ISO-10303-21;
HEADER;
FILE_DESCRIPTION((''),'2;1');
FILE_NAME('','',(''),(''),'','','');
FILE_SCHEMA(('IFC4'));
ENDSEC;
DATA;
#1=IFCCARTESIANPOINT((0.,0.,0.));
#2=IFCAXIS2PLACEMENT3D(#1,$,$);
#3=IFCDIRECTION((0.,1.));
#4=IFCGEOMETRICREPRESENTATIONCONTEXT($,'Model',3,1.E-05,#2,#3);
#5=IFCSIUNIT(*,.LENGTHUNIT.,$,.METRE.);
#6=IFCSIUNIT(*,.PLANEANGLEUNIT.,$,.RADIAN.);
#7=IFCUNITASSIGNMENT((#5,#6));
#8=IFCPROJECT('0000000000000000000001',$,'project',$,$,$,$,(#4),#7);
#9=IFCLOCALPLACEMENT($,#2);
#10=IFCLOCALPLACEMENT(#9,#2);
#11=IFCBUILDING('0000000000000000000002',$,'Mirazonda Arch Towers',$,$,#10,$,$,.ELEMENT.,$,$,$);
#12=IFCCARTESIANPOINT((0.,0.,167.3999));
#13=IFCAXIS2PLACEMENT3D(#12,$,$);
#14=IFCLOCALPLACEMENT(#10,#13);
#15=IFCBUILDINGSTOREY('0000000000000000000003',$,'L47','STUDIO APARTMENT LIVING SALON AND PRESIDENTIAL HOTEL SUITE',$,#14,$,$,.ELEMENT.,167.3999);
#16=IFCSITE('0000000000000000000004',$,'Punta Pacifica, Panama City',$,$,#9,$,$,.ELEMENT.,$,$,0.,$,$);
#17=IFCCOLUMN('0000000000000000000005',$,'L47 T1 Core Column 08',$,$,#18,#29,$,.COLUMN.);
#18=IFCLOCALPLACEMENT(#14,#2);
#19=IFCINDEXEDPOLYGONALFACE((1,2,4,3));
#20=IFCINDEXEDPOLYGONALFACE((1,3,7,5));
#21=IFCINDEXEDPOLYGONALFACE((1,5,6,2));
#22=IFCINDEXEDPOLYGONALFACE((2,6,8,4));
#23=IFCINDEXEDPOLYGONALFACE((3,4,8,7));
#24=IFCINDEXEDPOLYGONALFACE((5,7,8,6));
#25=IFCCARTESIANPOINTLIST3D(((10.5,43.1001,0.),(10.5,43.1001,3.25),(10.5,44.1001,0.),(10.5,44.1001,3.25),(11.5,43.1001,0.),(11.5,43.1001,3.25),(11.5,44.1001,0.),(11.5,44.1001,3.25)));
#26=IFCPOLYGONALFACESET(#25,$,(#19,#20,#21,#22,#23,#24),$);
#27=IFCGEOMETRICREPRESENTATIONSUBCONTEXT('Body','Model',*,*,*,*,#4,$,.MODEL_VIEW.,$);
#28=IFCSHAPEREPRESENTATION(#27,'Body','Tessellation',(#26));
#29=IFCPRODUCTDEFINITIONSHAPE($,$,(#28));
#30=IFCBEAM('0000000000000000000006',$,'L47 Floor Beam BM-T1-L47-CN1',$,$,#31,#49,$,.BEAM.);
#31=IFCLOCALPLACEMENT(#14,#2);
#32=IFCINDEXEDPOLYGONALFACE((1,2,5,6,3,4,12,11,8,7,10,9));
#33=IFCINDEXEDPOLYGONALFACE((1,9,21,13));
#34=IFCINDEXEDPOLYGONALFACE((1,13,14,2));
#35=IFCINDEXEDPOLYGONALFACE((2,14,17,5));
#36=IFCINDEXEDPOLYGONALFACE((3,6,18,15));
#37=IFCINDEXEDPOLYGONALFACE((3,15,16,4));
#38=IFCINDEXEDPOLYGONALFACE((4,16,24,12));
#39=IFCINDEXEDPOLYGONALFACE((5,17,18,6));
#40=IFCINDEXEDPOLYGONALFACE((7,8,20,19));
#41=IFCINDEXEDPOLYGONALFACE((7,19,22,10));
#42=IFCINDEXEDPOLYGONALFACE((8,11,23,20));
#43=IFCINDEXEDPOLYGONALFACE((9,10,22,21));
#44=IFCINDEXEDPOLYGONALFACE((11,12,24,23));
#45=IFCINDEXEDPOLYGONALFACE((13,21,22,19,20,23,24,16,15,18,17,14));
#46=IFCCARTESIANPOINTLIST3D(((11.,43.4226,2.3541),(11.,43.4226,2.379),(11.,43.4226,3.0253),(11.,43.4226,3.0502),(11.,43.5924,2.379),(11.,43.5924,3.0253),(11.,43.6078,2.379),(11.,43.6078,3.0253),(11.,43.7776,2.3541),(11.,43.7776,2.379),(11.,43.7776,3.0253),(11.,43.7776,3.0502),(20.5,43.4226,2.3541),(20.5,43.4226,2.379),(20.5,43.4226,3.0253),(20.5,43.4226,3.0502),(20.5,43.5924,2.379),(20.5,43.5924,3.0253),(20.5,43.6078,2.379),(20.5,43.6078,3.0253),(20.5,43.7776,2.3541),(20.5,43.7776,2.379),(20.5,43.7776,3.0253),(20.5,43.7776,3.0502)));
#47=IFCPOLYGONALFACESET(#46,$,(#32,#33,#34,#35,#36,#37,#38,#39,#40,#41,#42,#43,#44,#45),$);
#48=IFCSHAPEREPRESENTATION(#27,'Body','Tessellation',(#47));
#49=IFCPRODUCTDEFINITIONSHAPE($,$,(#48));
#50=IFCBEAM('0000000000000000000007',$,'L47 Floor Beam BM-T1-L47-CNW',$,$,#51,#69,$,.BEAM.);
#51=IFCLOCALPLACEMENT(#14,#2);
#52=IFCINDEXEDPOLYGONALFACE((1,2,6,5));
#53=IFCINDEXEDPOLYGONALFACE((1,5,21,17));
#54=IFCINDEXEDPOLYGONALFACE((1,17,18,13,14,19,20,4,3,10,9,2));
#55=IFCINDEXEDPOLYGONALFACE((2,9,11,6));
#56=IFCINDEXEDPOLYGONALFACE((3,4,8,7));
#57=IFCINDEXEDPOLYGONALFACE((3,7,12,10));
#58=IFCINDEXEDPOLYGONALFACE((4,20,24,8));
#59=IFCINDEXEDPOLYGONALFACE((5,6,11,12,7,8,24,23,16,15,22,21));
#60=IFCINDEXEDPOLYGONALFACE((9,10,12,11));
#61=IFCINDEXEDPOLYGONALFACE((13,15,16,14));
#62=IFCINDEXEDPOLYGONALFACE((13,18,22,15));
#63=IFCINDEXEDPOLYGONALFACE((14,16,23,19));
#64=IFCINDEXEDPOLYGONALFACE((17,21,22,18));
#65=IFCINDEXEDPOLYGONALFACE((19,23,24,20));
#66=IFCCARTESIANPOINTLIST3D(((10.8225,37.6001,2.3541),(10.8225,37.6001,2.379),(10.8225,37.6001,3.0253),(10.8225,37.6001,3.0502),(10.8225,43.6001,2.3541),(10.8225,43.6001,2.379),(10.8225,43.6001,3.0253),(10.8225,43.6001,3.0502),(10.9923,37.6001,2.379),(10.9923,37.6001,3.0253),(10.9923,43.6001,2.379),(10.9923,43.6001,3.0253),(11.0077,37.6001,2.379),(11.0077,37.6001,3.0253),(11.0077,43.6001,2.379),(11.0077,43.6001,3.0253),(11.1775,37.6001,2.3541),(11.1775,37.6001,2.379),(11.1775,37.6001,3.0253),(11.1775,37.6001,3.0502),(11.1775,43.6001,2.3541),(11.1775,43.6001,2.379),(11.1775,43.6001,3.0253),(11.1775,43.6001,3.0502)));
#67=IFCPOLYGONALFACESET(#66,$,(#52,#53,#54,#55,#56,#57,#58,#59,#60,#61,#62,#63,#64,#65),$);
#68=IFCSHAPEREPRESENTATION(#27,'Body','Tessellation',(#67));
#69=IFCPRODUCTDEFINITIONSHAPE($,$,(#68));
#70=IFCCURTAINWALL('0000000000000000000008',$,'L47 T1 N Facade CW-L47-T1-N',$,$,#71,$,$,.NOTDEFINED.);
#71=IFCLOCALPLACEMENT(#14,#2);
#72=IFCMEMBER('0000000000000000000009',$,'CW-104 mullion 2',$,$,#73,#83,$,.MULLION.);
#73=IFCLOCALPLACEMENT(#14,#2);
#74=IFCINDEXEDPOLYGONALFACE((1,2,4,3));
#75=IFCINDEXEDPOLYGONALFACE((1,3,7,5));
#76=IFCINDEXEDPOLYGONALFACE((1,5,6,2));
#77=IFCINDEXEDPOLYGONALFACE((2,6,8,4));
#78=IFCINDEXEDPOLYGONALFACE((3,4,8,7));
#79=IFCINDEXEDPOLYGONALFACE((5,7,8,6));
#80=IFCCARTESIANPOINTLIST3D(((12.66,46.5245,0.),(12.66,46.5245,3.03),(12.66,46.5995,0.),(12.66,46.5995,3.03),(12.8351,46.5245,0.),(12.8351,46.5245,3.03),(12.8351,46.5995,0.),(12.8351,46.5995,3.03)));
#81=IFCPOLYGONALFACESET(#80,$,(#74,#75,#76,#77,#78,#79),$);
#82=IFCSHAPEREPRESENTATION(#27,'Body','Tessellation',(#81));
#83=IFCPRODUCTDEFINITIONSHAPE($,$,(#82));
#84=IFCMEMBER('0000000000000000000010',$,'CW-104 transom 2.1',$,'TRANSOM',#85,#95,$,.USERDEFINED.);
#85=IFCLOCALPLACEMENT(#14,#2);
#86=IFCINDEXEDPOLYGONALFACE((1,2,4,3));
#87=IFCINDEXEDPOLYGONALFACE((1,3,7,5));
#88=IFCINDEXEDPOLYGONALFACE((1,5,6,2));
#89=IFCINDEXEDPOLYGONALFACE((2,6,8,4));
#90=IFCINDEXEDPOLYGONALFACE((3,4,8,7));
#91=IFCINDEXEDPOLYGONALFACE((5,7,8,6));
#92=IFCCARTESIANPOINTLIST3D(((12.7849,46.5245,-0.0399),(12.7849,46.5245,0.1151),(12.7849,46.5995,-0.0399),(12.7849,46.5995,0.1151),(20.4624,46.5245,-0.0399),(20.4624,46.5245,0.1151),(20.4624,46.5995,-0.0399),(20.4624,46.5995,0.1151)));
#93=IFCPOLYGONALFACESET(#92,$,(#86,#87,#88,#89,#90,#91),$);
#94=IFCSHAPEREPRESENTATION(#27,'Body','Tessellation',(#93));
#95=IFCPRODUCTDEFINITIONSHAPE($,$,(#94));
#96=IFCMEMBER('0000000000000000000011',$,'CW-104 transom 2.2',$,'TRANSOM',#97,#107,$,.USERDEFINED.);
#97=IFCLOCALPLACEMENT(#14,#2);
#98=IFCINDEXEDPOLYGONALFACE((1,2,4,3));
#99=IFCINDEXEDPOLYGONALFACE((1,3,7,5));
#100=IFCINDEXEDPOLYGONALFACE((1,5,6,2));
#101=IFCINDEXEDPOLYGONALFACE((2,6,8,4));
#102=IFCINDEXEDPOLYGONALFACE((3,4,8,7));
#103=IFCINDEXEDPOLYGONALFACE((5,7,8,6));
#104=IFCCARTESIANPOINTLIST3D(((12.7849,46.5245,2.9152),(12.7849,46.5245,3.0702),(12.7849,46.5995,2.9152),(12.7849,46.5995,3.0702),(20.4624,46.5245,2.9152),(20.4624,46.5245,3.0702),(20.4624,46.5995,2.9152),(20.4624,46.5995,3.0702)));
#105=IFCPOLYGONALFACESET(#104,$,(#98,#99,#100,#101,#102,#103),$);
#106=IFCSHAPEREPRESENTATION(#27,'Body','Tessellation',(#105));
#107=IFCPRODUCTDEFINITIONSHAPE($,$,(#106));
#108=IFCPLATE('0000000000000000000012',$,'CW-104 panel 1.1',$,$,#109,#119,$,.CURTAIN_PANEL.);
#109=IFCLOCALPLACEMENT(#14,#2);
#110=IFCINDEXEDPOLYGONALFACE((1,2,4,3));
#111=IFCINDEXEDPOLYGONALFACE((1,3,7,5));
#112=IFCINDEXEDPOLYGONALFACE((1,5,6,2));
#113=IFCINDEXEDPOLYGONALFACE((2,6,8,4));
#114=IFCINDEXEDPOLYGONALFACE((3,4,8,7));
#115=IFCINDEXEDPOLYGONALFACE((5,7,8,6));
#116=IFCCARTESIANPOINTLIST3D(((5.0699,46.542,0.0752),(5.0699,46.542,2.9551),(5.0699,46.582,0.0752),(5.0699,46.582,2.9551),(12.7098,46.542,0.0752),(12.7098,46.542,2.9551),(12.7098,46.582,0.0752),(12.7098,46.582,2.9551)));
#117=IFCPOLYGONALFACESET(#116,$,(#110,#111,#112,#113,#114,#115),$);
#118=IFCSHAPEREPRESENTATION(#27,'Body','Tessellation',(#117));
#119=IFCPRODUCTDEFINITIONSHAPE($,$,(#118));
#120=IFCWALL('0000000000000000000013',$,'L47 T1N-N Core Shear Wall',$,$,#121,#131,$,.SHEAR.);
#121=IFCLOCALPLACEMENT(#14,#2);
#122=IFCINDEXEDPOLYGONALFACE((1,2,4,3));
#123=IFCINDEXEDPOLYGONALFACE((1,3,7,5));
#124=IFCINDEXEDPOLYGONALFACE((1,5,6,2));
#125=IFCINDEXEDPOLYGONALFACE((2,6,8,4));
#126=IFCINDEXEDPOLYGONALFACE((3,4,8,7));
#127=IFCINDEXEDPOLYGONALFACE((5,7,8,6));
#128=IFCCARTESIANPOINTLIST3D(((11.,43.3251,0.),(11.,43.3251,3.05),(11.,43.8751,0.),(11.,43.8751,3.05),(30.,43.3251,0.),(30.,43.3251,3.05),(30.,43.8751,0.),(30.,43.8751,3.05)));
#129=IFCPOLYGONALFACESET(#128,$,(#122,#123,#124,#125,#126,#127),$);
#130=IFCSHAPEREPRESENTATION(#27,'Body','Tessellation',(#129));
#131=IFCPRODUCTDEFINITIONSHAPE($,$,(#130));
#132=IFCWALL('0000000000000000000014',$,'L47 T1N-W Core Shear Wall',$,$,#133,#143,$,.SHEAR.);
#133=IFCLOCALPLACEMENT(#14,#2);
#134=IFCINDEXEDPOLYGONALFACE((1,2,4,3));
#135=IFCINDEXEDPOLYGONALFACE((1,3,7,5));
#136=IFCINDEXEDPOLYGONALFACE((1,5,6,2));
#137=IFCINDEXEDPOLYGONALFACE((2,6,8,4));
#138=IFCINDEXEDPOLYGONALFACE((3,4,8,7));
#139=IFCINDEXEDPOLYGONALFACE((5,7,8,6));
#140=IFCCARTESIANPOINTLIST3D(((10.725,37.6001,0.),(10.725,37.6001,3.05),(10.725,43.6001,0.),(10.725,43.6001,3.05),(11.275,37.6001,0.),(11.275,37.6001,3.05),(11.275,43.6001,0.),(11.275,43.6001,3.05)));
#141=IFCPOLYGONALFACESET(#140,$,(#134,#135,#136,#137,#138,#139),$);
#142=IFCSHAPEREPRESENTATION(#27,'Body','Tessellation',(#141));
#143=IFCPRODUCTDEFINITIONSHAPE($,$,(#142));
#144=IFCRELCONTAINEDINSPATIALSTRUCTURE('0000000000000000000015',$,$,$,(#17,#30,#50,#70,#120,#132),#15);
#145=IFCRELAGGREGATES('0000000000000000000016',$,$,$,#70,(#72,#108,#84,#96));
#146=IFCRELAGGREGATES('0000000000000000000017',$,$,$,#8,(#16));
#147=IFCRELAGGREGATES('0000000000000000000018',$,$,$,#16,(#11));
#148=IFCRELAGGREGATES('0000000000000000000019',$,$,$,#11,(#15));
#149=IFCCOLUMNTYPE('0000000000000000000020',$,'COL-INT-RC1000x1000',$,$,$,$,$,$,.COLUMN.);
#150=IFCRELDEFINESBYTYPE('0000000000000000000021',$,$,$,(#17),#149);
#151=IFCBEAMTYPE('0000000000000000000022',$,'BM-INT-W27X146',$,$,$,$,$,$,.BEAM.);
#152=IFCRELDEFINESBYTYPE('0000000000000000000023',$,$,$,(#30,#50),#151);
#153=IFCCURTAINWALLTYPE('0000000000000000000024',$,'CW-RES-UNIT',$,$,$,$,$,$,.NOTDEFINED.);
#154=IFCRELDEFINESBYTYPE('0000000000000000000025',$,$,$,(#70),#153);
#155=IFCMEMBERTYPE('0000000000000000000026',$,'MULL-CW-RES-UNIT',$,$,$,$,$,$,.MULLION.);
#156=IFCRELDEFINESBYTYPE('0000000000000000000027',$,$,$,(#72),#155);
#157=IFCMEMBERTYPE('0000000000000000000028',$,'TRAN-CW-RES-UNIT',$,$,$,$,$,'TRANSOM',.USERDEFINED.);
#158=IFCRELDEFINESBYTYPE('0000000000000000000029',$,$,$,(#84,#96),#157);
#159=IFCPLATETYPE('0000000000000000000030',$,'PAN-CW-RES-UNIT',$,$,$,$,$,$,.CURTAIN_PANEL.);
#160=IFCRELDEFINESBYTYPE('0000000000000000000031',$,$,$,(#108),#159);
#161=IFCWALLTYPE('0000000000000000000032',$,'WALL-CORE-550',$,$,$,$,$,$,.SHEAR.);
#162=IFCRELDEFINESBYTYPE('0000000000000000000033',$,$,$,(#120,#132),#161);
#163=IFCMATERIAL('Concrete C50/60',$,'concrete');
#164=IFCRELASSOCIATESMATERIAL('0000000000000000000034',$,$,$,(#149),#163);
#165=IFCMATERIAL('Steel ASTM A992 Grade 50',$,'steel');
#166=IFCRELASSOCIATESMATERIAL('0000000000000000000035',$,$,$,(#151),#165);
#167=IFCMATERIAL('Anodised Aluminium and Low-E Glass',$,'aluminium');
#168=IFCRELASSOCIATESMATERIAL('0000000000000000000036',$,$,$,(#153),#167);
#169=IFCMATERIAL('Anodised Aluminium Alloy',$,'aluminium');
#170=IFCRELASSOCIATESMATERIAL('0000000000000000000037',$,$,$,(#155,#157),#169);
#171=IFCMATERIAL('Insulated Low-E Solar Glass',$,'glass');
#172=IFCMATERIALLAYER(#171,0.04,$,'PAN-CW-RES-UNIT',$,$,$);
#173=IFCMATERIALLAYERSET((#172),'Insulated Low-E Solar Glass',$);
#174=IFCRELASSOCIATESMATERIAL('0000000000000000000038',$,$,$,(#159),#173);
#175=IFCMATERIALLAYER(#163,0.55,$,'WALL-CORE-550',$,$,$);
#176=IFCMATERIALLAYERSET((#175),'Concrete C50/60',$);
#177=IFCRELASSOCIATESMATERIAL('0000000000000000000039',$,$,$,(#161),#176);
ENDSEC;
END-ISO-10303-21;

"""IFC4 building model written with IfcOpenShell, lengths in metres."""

from ifc_helpers import new_model, si_unit, direction, frame, frame_2d, origin, origin_2d, place, context, subcontext, project, spatial, rectangle, i_section, extrude, material, layer, layer_set, material_profile, profile_set, type_object, element, aggregate, save


model = new_model("IFC4")

# Units and contexts
model_context = context("Model", 3, precision=1e-05, world=origin(), true_north=direction((0.0, 1.0)))
body_context = subcontext(model_context, "Body", "Model", "MODEL_VIEW")
ifc_project = project(units=[si_unit("LENGTHUNIT", "METRE"), si_unit("PLANEANGLEUNIT", "RADIAN")], contexts=[model_context])

# Site, building, storey
site_placement = place(None, origin())
site = spatial("IfcSite", under=ifc_project, at=site_placement, Name="Punta Pacifica, Panama City", CompositionType="ELEMENT", RefElevation=0.0)
building_placement = place(site_placement, origin())
building = spatial("IfcBuilding", under=site, at=building_placement, Name="Mirazonda Arch Towers", CompositionType="ELEMENT")
storey_placement = place(building_placement, frame((0.0, 0.0, 167.3999)))
storey = spatial("IfcBuildingStorey", under=building, at=storey_placement, Name="L47", Description="STUDIO APARTMENT LIVING SALON AND PRESIDENTIAL HOTEL SUITE", CompositionType="ELEMENT", Elevation=167.3999)

# Column
ifc_material_1 = material(Name="Concrete C50/60", Category="concrete")
ifc_material_profile_1 = material_profile(ifc_material_1, rectangle(XDim=1.0, YDim=1.0, at=origin_2d()), Name="RC1000x1000")
ifc_profile_set_1 = profile_set([ifc_material_profile_1], Name="Concrete C50/60")
column_type = type_object("IfcColumnType", Name="COL-INT-RC1000x1000", PredefinedType="COLUMN", material=ifc_profile_set_1)
column_placement = place(storey_placement, frame((11.0, 43.6001, 0.0), z_axis=(0.0, 0.0, 1.0), x_axis=(1.0, 0.0, 0.0)))
element("IfcColumn", 1, at=column_placement, inside=storey, type_object=column_type, Name="L47 T1 Core Column 08", PredefinedType="COLUMN", context=body_context, shape_type="SweptSolid", body=[
    extrude(rectangle(XDim=1.0, YDim=1.0, at=origin_2d()), origin(), (0.0, 0.0, 1.0), 3.25),
])

# Beams
ifc_material_2 = material(Name="Steel ASTM A992 Grade 50", Category="steel")
ifc_material_profile_2 = material_profile(ifc_material_2, i_section(OverallWidth=0.355, OverallDepth=0.696, WebThickness=0.0154, FlangeThickness=0.0249, at=origin_2d()), Name="W27X146")
ifc_profile_set_2 = profile_set([ifc_material_profile_2], Name="Steel ASTM A992 Grade 50")
beam_type = type_object("IfcBeamType", Name="BM-INT-W27X146", PredefinedType="BEAM", material=ifc_profile_set_2)
beam_1_placement = place(storey_placement, frame((11.0, 43.6001, 2.7021), z_axis=(1.0, 0.0, 0.0), x_axis=(0.0, 1.0, 0.0)))
element("IfcBeam", 2, at=beam_1_placement, inside=storey, type_object=beam_type, Name="L47 Floor Beam BM-T1-L47-CN1", PredefinedType="BEAM", context=body_context, shape_type="SweptSolid", body=[
    extrude(i_section(OverallWidth=0.355, OverallDepth=0.696, WebThickness=0.0154, FlangeThickness=0.0249, at=origin_2d()), origin(), (0.0, 0.0, 1.0), 9.5),
])
beam_2_placement = place(storey_placement, frame((11.0, 37.6001, 2.7021), z_axis=(0.0, 1.0, 0.0), x_axis=(-1.0, 0.0, 0.0)))
element("IfcBeam", 3, at=beam_2_placement, inside=storey, type_object=beam_type, Name="L47 Floor Beam BM-T1-L47-CNW", PredefinedType="BEAM", context=body_context, shape_type="SweptSolid", body=[
    extrude(i_section(OverallWidth=0.355, OverallDepth=0.696, WebThickness=0.0154, FlangeThickness=0.0249, at=origin_2d()), origin(), (0.0, 0.0, 1.0), 6.0),
])

# Curtain wall, members, plate
ifc_material_3 = material(Name="Anodised Aluminium and Low-E Glass", Category="aluminium")
curtain_wall_type = type_object("IfcCurtainWallType", Name="CW-RES-UNIT", PredefinedType="NOTDEFINED", material=ifc_material_3)
curtain_wall_placement = place(storey_placement, origin())
curtain_wall = element("IfcCurtainWall", 4, at=curtain_wall_placement, inside=storey, type_object=curtain_wall_type, Name="L47 T1 N Facade CW-L47-T1-N", PredefinedType="NOTDEFINED")
ifc_material_4 = material(Name="Anodised Aluminium Alloy", Category="aluminium")
ifc_material_profile_3 = material_profile(ifc_material_4, rectangle(XDim=0.075, YDim=0.175, at=origin_2d()), Name="ALU-MULL-75x175")
ifc_profile_set_3 = profile_set([ifc_material_profile_3], Name="Anodised Aluminium Alloy")
member_type_1 = type_object("IfcMemberType", Name="MULL-CW-RES-UNIT", PredefinedType="MULLION", material=ifc_profile_set_3)
member_1_placement = place(storey_placement, frame((12.7476, 46.562, 0.0), z_axis=(0.0, 0.0, 1.0), x_axis=(0.0, 1.0, 0.0)))
member_1 = element("IfcMember", 5, at=member_1_placement, type_object=member_type_1, Name="CW-104 mullion 2", PredefinedType="MULLION", context=body_context, shape_type="SweptSolid", body=[
    extrude(rectangle(XDim=0.075, YDim=0.175, at=origin_2d()), origin(), (0.0, 0.0, 1.0), 3.03),
])
ifc_material_profile_4 = material_profile(ifc_material_4, rectangle(XDim=0.075, YDim=0.155, at=origin_2d()), Name="ALU-TRAN-75x155")
ifc_profile_set_4 = profile_set([ifc_material_profile_4], Name="Anodised Aluminium Alloy")
member_type_2 = type_object("IfcMemberType", Name="TRAN-CW-RES-UNIT", ElementType="TRANSOM", PredefinedType="USERDEFINED", material=ifc_profile_set_4)
member_2_placement = place(storey_placement, frame((12.7849, 46.562, 0.0376), z_axis=(1.0, 0.0, 0.0), x_axis=(0.0, 1.0, 0.0)))
member_2 = element("IfcMember", 6, at=member_2_placement, type_object=member_type_2, Name="CW-104 transom 2.1", ObjectType="TRANSOM", PredefinedType="USERDEFINED", context=body_context, shape_type="SweptSolid", body=[
    extrude(rectangle(XDim=0.075, YDim=0.155, at=origin_2d()), origin(), (0.0, 0.0, 1.0), 7.6775),
])
member_3_placement = place(storey_placement, frame((12.7849, 46.562, 2.9927), z_axis=(1.0, 0.0, 0.0), x_axis=(0.0, 1.0, 0.0)))
member_3 = element("IfcMember", 7, at=member_3_placement, type_object=member_type_2, Name="CW-104 transom 2.2", ObjectType="TRANSOM", PredefinedType="USERDEFINED", context=body_context, shape_type="SweptSolid", body=[
    extrude(rectangle(XDim=0.075, YDim=0.155, at=origin_2d()), origin(), (0.0, 0.0, 1.0), 7.6775),
])
ifc_material_5 = material(Name="Insulated Low-E Solar Glass", Category="glass")
ifc_layer_1 = layer(ifc_material_5, 0.04, Name="PAN-CW-RES-UNIT")
ifc_layer_set_1 = layer_set([ifc_layer_1], Name="Insulated Low-E Solar Glass")
plate_type = type_object("IfcPlateType", Name="PAN-CW-RES-UNIT", PredefinedType="CURTAIN_PANEL", material=ifc_layer_set_1)
plate_placement = place(storey_placement, frame((8.8899, 46.562, 0.0752), z_axis=(0.0, 0.0, 1.0), x_axis=(1.0, 0.0, 0.0)))
plate = element("IfcPlate", 8, at=plate_placement, type_object=plate_type, Name="CW-104 panel 1.1", PredefinedType="CURTAIN_PANEL", context=body_context, shape_type="SweptSolid", body=[
    extrude(rectangle(XDim=7.6399, YDim=0.04, at=origin_2d()), origin(), (0.0, 0.0, 1.0), 2.8799),
])
aggregate(curtain_wall, [member_1, plate, member_2, member_3])

# Walls
ifc_layer_2 = layer(ifc_material_1, 0.55, Name="WALL-CORE-550")
ifc_layer_set_2 = layer_set([ifc_layer_2], Name="Concrete C50/60")
wall_type_1 = type_object("IfcWallType", Name="WALL-CORE-550", PredefinedType="SHEAR", material=ifc_layer_set_2)
wall_1_placement = place(storey_placement, frame((11.0, 43.6001, 0.0), z_axis=(0.0, 0.0, 1.0), x_axis=(1.0, 0.0, 0.0)))
element("IfcWall", 9, at=wall_1_placement, inside=storey, type_object=wall_type_1, Name="L47 T1N-N Core Shear Wall", PredefinedType="SHEAR", context=body_context, shape_type="SweptSolid", body=[
    extrude(rectangle(XDim=19.0, YDim=0.55, at=frame_2d((9.5, 0.0))), origin(), (0.0, 0.0, 1.0), 3.05),
])
wall_2_placement = place(storey_placement, frame((11.0, 37.6001, 0.0), z_axis=(0.0, 0.0, 1.0), x_axis=(0.0, 1.0, 0.0)))
element("IfcWall", 10, at=wall_2_placement, inside=storey, type_object=wall_type_1, Name="L47 T1N-W Core Shear Wall", PredefinedType="SHEAR", context=body_context, shape_type="SweptSolid", body=[
    extrude(rectangle(XDim=6.0, YDim=0.55, at=frame_2d((3.0, 0.0))), origin(), (0.0, 0.0, 1.0), 3.05),
])

save(model, "model.ifc")
